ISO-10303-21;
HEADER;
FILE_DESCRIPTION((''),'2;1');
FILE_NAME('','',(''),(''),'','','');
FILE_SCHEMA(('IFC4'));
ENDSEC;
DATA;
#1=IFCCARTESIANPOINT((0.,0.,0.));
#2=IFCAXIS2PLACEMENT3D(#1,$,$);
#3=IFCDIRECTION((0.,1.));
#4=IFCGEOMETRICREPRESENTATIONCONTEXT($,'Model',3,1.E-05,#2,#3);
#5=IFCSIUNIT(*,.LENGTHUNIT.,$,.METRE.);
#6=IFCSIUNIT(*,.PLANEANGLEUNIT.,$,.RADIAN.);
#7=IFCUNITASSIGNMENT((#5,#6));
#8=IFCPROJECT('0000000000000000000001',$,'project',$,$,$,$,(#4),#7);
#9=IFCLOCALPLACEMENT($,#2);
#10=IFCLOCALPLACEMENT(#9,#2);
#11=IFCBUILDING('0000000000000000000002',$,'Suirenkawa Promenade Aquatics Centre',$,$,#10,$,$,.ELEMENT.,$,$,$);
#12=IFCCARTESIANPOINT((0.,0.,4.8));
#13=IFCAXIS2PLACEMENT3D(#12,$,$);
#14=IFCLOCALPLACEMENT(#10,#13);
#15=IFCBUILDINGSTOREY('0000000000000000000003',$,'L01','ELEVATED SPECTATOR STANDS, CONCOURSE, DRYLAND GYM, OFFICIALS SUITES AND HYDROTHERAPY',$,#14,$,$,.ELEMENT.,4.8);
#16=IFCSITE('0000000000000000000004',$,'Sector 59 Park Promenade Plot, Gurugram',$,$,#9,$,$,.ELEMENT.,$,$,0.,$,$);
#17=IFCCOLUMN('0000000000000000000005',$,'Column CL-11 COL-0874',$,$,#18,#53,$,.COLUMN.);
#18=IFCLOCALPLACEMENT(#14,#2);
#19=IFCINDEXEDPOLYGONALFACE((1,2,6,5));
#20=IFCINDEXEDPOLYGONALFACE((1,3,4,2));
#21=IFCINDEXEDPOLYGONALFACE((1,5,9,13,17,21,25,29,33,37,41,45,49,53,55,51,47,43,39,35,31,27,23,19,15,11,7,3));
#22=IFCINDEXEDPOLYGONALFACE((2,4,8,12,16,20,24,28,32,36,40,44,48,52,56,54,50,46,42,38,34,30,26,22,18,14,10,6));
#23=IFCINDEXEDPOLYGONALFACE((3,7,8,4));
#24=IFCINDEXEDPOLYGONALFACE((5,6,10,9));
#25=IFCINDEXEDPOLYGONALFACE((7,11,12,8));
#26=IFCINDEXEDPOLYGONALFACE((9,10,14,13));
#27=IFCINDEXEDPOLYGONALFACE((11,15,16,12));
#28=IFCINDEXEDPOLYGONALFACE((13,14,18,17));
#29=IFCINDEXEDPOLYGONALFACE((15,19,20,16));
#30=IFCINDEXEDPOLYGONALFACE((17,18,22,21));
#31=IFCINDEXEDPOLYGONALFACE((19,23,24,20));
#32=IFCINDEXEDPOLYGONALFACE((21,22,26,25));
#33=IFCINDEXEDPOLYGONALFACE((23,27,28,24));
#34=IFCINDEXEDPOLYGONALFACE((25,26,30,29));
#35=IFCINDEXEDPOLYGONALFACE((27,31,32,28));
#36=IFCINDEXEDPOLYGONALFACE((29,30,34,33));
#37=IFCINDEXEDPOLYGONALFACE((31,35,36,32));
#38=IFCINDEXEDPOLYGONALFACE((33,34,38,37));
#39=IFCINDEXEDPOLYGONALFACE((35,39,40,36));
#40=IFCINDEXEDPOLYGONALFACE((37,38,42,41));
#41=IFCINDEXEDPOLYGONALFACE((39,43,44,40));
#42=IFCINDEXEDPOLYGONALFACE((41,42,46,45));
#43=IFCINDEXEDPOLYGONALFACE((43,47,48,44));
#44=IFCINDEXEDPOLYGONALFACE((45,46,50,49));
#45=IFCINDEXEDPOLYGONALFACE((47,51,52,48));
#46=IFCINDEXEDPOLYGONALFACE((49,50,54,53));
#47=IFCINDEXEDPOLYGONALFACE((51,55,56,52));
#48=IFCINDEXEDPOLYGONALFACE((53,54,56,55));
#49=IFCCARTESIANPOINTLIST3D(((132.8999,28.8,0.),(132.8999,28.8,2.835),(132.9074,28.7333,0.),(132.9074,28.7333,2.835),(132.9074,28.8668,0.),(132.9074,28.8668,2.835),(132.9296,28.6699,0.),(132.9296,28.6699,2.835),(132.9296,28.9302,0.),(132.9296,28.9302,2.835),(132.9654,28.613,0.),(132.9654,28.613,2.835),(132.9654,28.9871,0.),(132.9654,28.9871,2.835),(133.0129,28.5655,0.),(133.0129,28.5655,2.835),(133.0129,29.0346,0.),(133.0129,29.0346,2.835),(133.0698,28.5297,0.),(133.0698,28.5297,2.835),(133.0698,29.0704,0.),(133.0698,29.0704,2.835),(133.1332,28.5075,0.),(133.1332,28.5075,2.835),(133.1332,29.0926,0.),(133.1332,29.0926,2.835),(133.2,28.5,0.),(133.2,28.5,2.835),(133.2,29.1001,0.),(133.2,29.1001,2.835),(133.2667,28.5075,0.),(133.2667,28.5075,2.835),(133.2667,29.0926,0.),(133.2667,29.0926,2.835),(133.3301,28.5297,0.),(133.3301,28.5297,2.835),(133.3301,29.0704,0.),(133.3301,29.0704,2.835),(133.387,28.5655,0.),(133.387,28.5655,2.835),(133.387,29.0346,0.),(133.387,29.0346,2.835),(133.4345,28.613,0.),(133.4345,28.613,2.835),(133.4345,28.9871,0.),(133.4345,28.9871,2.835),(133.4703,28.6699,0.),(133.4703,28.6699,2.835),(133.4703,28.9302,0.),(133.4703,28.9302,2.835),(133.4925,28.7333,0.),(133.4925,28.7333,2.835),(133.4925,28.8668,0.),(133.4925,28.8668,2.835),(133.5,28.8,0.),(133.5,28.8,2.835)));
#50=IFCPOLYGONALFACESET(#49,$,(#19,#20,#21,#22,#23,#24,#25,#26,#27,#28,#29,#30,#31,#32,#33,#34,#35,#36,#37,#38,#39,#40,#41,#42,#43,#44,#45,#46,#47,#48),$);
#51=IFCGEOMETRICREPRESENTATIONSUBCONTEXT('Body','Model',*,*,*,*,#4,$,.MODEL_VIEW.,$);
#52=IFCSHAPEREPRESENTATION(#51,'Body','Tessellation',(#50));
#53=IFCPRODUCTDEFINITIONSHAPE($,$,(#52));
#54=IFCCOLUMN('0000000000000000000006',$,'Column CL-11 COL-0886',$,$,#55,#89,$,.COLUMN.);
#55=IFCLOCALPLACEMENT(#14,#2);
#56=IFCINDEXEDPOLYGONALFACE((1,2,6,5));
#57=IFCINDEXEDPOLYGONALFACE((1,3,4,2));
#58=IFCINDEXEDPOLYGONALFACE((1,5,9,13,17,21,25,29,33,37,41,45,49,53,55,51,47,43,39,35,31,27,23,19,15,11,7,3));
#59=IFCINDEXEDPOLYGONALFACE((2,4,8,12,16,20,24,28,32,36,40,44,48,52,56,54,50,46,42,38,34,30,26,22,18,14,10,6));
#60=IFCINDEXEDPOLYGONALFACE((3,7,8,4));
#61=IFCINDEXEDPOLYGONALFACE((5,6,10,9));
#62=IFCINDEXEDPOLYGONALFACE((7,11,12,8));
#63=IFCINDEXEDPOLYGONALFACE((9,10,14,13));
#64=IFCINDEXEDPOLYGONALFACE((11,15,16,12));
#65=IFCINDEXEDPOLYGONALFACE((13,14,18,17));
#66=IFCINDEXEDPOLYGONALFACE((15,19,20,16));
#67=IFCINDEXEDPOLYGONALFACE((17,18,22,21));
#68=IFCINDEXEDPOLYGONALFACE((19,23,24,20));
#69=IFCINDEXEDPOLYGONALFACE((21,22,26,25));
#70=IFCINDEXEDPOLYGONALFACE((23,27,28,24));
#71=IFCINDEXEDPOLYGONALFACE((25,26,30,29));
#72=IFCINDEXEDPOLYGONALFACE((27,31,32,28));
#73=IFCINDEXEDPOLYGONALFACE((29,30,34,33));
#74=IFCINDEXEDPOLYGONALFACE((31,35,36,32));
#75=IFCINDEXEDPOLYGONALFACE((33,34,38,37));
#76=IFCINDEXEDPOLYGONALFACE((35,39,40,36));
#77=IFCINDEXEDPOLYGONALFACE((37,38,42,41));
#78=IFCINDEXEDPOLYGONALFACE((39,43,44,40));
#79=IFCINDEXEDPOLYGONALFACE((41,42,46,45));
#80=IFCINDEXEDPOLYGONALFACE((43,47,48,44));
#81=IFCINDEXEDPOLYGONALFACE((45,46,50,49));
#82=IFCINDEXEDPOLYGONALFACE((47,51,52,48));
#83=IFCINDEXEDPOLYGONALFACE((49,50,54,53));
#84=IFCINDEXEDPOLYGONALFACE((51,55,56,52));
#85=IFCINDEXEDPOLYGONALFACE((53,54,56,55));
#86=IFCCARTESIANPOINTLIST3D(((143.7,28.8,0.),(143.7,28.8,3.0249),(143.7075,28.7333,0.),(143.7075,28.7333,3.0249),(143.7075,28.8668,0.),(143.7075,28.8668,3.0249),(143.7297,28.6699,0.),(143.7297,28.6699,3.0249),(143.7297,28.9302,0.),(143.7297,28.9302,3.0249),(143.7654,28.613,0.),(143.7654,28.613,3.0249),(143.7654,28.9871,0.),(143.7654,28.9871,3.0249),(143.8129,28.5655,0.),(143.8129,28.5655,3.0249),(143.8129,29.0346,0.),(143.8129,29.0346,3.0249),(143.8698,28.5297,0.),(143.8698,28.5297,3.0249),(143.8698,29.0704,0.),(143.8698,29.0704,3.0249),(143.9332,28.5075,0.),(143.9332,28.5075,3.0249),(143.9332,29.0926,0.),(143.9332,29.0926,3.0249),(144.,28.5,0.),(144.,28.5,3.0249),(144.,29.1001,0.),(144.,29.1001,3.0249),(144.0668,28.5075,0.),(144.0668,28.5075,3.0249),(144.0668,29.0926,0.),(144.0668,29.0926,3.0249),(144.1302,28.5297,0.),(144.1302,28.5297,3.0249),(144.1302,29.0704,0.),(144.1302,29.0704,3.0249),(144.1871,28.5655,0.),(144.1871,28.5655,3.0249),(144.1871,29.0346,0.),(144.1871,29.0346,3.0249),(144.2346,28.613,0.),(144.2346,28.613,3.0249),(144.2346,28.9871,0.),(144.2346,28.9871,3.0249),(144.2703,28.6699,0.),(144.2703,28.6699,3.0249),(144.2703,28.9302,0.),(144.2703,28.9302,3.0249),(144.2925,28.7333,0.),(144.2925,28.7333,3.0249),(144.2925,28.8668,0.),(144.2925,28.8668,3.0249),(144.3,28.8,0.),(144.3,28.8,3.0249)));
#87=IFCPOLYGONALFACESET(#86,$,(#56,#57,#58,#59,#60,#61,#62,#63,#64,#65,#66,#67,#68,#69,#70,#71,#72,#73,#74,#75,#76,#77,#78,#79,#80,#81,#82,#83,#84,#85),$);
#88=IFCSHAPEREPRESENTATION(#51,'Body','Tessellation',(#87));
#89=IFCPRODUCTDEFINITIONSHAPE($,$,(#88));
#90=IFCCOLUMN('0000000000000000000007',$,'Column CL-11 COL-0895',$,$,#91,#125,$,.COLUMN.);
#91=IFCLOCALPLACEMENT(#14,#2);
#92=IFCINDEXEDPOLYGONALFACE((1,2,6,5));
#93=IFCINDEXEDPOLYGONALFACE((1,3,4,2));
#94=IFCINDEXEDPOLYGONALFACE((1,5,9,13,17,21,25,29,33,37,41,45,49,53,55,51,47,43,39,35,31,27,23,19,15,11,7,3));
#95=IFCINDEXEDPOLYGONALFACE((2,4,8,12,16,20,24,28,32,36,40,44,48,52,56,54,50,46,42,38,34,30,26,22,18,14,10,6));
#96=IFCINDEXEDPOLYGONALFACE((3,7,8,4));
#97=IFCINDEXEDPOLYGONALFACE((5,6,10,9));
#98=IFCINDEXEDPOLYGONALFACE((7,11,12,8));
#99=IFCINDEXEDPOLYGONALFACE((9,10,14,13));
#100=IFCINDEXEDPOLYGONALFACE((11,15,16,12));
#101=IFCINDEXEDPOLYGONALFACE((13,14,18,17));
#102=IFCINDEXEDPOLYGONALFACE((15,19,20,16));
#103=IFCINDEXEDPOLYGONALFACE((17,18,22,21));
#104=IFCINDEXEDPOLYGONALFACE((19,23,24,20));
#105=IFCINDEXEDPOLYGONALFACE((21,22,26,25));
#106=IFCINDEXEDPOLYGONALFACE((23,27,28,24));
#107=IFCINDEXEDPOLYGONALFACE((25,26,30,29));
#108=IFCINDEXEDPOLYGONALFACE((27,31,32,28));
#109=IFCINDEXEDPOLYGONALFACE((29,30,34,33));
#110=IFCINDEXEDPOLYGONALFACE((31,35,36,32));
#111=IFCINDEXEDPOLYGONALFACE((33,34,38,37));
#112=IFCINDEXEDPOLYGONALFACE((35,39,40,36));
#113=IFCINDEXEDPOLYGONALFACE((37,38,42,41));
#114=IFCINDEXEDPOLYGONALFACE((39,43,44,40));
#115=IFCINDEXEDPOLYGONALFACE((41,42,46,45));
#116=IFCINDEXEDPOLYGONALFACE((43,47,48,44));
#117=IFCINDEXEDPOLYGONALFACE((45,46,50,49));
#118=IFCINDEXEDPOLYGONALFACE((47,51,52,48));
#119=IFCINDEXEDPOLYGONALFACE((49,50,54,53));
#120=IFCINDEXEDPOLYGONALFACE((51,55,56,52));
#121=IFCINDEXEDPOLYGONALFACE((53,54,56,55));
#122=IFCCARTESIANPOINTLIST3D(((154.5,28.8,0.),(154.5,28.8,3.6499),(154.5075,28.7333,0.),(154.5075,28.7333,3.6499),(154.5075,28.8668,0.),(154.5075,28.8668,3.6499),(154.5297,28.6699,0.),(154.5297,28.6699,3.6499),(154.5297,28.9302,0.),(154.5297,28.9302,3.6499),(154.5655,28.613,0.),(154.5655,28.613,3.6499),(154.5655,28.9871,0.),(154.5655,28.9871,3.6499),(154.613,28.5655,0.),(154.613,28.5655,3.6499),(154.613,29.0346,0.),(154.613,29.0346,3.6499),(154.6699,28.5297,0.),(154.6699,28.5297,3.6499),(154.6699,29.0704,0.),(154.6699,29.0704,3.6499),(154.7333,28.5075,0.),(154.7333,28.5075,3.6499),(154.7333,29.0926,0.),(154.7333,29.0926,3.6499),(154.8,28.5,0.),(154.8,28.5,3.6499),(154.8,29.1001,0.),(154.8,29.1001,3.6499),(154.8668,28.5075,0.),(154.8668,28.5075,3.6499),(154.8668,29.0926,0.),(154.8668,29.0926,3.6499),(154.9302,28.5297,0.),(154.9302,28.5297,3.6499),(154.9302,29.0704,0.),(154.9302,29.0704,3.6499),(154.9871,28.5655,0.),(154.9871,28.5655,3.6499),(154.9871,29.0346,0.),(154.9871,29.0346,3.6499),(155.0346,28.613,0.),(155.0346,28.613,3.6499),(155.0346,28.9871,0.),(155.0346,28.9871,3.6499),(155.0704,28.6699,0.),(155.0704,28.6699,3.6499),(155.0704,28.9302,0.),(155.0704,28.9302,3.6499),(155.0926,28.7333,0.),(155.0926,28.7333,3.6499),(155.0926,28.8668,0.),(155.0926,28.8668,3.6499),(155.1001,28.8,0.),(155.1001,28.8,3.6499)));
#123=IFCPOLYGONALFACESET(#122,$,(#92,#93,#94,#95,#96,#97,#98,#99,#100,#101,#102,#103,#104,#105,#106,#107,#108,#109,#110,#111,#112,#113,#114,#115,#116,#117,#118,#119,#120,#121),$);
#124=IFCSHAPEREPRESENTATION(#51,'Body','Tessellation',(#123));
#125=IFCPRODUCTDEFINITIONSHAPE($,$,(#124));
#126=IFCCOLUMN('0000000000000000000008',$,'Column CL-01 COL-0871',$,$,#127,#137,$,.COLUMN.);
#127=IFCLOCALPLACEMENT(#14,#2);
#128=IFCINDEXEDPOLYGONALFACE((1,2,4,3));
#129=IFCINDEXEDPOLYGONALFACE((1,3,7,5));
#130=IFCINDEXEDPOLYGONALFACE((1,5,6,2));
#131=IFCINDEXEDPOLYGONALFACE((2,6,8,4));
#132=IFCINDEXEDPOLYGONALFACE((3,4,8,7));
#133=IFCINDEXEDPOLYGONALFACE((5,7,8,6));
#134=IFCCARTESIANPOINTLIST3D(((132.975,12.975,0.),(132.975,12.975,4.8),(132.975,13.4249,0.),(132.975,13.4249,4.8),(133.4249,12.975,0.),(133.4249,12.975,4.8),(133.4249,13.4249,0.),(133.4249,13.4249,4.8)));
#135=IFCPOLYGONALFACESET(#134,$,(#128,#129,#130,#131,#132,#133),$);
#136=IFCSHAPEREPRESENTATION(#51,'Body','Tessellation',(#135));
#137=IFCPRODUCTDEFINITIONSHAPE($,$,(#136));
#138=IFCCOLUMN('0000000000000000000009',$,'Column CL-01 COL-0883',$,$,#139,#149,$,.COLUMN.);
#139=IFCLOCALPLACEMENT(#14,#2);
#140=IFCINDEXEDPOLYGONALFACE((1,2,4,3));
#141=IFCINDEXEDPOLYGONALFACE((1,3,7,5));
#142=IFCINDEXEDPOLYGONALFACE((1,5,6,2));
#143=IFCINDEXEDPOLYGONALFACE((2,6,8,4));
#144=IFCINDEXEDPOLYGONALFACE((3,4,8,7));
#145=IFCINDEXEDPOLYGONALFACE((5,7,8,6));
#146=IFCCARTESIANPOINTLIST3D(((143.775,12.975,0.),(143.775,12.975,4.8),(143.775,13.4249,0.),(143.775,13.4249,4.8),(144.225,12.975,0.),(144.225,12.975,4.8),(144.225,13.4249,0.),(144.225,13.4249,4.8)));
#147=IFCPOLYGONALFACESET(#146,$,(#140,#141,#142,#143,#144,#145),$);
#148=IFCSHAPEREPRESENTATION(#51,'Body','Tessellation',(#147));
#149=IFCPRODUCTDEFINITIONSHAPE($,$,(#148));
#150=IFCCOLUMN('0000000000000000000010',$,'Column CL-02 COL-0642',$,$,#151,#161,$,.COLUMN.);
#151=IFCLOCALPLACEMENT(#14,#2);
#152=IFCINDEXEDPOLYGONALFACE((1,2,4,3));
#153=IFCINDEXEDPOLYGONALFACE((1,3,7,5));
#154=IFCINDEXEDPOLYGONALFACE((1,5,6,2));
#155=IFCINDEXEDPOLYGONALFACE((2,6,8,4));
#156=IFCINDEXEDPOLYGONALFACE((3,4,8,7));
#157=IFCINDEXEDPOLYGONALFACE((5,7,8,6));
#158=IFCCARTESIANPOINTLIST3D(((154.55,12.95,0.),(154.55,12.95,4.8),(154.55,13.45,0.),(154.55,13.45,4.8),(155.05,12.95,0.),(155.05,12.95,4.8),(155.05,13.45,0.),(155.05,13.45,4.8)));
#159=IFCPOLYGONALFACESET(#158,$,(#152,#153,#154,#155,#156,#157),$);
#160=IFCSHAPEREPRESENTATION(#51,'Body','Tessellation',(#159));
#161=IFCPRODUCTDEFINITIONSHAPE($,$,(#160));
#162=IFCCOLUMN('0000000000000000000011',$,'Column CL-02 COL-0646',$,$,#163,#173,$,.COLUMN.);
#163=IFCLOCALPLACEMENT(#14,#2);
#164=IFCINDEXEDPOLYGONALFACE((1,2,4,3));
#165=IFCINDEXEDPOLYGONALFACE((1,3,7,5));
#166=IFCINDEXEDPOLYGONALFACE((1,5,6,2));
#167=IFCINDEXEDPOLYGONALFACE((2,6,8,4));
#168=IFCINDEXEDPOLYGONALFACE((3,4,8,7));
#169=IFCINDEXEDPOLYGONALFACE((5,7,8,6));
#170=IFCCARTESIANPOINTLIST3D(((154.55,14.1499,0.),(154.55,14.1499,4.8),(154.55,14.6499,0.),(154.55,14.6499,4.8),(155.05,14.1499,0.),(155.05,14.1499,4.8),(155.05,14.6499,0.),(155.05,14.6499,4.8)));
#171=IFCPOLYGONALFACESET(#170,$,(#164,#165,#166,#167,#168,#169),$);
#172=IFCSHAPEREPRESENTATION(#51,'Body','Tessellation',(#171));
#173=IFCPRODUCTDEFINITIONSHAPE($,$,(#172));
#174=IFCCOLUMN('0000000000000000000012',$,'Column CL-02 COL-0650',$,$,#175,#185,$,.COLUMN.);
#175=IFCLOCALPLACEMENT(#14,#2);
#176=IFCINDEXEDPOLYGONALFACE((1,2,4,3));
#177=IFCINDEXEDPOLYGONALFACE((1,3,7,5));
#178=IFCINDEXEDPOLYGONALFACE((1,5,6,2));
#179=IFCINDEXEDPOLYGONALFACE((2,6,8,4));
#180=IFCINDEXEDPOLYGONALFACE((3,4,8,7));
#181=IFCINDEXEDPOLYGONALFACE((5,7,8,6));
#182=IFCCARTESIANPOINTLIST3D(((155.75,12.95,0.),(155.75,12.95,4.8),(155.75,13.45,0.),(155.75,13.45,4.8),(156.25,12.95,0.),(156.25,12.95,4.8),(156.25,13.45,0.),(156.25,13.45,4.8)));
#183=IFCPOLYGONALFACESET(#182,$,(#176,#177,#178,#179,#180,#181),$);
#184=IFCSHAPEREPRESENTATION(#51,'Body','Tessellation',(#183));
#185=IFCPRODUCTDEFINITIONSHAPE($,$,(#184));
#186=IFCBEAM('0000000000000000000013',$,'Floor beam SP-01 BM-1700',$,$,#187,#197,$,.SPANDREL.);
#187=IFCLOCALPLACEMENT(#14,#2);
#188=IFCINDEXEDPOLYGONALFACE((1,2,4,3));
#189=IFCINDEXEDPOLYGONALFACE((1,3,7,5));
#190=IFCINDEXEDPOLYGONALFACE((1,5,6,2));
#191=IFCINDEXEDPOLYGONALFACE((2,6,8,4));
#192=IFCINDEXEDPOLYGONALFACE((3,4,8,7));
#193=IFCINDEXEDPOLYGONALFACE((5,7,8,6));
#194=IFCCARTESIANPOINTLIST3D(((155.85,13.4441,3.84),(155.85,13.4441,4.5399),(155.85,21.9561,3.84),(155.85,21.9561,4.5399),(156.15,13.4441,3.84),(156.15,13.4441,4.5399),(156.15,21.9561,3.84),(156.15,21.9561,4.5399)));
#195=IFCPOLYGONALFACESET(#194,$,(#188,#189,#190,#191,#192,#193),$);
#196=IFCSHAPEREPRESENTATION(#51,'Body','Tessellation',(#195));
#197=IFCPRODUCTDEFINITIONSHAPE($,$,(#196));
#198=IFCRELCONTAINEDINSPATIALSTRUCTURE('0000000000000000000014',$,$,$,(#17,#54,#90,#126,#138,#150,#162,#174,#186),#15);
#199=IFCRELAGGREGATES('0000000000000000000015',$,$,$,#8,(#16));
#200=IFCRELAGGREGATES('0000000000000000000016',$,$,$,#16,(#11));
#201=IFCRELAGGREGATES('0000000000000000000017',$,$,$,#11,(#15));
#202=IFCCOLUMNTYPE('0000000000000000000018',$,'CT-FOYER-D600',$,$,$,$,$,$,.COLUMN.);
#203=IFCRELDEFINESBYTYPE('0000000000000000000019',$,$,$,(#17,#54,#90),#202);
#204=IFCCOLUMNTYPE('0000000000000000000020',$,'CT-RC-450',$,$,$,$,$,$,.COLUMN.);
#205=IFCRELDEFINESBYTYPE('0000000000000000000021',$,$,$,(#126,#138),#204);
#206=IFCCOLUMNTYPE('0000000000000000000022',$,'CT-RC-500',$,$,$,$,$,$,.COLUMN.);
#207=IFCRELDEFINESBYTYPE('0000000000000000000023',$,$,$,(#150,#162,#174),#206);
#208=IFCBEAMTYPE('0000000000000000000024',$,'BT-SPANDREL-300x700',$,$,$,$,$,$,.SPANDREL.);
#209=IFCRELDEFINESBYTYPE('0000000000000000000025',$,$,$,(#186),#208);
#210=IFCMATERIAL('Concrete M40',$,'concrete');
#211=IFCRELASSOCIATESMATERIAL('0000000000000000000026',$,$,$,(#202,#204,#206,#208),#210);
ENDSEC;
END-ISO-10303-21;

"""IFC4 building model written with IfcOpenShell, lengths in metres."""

from ifc_helpers import new_model, si_unit, direction, frame, origin, origin_2d, place, context, subcontext, project, spatial, rectangle, circle, extrude, material, material_profile, profile_set, type_object, element, save


model = new_model("IFC4")

# Units and contexts
model_context = context("Model", 3, precision=1e-05, world=origin(), true_north=direction((0.0, 1.0)))
body_context = subcontext(model_context, "Body", "Model", "MODEL_VIEW")
ifc_project = project(units=[si_unit("LENGTHUNIT", "METRE"), si_unit("PLANEANGLEUNIT", "RADIAN")], contexts=[model_context])

# Site, building, storey
site_placement = place(None, origin())
site = spatial("IfcSite", under=ifc_project, at=site_placement, Name="Sector 59 Park Promenade Plot, Gurugram", CompositionType="ELEMENT", RefElevation=0.0)
building_placement = place(site_placement, origin())
building = spatial("IfcBuilding", under=site, at=building_placement, Name="Suirenkawa Promenade Aquatics Centre", CompositionType="ELEMENT")
storey_placement = place(building_placement, frame((0.0, 0.0, 4.8)))
storey = spatial("IfcBuildingStorey", under=building, at=storey_placement, Name="L01", Description="ELEVATED SPECTATOR STANDS, CONCOURSE, DRYLAND GYM, OFFICIALS SUITES AND HYDROTHERAPY", CompositionType="ELEMENT", Elevation=4.8)

# Columns
ifc_material_1 = material(Name="Concrete M40", Category="concrete")
ifc_material_profile_1 = material_profile(ifc_material_1, circle(Radius=0.3, at=origin_2d()), Name="RC FOYER D600", Category="concrete")
ifc_profile_set_1 = profile_set([ifc_material_profile_1], Name="Concrete M40")
column_type_1 = type_object("IfcColumnType", Name="CT-FOYER-D600", PredefinedType="COLUMN", material=ifc_profile_set_1)
column_1_placement = place(storey_placement, frame((133.2, 28.8, 0.0), z_axis=(0.0, 0.0, 1.0), x_axis=(1.0, 0.0, 0.0)))
element("IfcColumn", 1, at=column_1_placement, inside=storey, type_object=column_type_1, Name="Column CL-11 COL-0874", PredefinedType="COLUMN", context=body_context, shape_type="SweptSolid", body=[
    extrude(circle(Radius=0.3, at=origin_2d()), origin(), (0.0, 0.0, 1.0), 2.835),
])
column_2_placement = place(storey_placement, frame((144.0, 28.8, 0.0), z_axis=(0.0, 0.0, 1.0), x_axis=(1.0, 0.0, 0.0)))
element("IfcColumn", 2, at=column_2_placement, inside=storey, type_object=column_type_1, Name="Column CL-11 COL-0886", PredefinedType="COLUMN", context=body_context, shape_type="SweptSolid", body=[
    extrude(circle(Radius=0.3, at=origin_2d()), origin(), (0.0, 0.0, 1.0), 3.0249),
])
column_3_placement = place(storey_placement, frame((154.8, 28.8, 0.0), z_axis=(0.0, 0.0, 1.0), x_axis=(1.0, 0.0, 0.0)))
element("IfcColumn", 3, at=column_3_placement, inside=storey, type_object=column_type_1, Name="Column CL-11 COL-0895", PredefinedType="COLUMN", context=body_context, shape_type="SweptSolid", body=[
    extrude(circle(Radius=0.3, at=origin_2d()), origin(), (0.0, 0.0, 1.0), 3.6499),
])
ifc_material_profile_2 = material_profile(ifc_material_1, rectangle(XDim=0.45, YDim=0.45, at=origin_2d()), Name="RC COL 450x450", Category="concrete")
ifc_profile_set_2 = profile_set([ifc_material_profile_2], Name="Concrete M40")
column_type_2 = type_object("IfcColumnType", Name="CT-RC-450", PredefinedType="COLUMN", material=ifc_profile_set_2)
for number, where, z_axis, x_axis, name in (
    (4, (133.2, 13.2, 0.0), (0.0, 0.0, 1.0), (1.0, 0.0, 0.0), "Column CL-01 COL-0871"),
    (5, (144.0, 13.2, 0.0), (0.0, 0.0, 1.0), (1.0, 0.0, 0.0), "Column CL-01 COL-0883"),
):
    element("IfcColumn", number, at=place(storey_placement, frame(where, z_axis=z_axis, x_axis=x_axis)), inside=storey, type_object=column_type_2, Name=name, PredefinedType="COLUMN", context=body_context, shape_type="SweptSolid", body=[
        extrude(rectangle(XDim=0.45, YDim=0.45, at=origin_2d()), origin(), (0.0, 0.0, 1.0), 4.8),
    ])
ifc_material_profile_3 = material_profile(ifc_material_1, rectangle(XDim=0.5, YDim=0.5, at=origin_2d()), Name="RC COL 500x500", Category="concrete")
ifc_profile_set_3 = profile_set([ifc_material_profile_3], Name="Concrete M40")
column_type_3 = type_object("IfcColumnType", Name="CT-RC-500", PredefinedType="COLUMN", material=ifc_profile_set_3)
for number, where, z_axis, x_axis, name in (
    (6, (154.8, 13.2, 0.0), (0.0, 0.0, 1.0), (1.0, 0.0, 0.0), "Column CL-02 COL-0642"),
    (7, (154.8, 14.3999, 0.0), (0.0, 0.0, 1.0), (1.0, 0.0, 0.0), "Column CL-02 COL-0646"),
    (8, (156.0, 13.2, 0.0), (0.0, 0.0, 1.0), (1.0, 0.0, 0.0), "Column CL-02 COL-0650"),
):
    element("IfcColumn", number, at=place(storey_placement, frame(where, z_axis=z_axis, x_axis=x_axis)), inside=storey, type_object=column_type_3, Name=name, PredefinedType="COLUMN", context=body_context, shape_type="SweptSolid", body=[
        extrude(rectangle(XDim=0.5, YDim=0.5, at=origin_2d()), origin(), (0.0, 0.0, 1.0), 4.8),
    ])

# Beam
ifc_material_profile_4 = material_profile(ifc_material_1, rectangle(XDim=0.3, YDim=0.7, at=origin_2d()), Name="RC SPANDREL 300x700", Category="concrete")
ifc_profile_set_4 = profile_set([ifc_material_profile_4], Name="Concrete M40")
beam_type = type_object("IfcBeamType", Name="BT-SPANDREL-300x700", PredefinedType="SPANDREL", material=ifc_profile_set_4)
beam_placement = place(storey_placement, frame((156.0, 13.4441, 4.1899), z_axis=(0.0, 1.0, 0.0), x_axis=(-1.0, 0.0, 0.0)))
element("IfcBeam", 9, at=beam_placement, inside=storey, type_object=beam_type, Name="Floor beam SP-01 BM-1700", PredefinedType="SPANDREL", context=body_context, shape_type="SweptSolid", body=[
    extrude(rectangle(XDim=0.3, YDim=0.7, at=origin_2d()), origin(), (0.0, 0.0, 1.0), 8.512),
])

save(model, "model.ifc")
